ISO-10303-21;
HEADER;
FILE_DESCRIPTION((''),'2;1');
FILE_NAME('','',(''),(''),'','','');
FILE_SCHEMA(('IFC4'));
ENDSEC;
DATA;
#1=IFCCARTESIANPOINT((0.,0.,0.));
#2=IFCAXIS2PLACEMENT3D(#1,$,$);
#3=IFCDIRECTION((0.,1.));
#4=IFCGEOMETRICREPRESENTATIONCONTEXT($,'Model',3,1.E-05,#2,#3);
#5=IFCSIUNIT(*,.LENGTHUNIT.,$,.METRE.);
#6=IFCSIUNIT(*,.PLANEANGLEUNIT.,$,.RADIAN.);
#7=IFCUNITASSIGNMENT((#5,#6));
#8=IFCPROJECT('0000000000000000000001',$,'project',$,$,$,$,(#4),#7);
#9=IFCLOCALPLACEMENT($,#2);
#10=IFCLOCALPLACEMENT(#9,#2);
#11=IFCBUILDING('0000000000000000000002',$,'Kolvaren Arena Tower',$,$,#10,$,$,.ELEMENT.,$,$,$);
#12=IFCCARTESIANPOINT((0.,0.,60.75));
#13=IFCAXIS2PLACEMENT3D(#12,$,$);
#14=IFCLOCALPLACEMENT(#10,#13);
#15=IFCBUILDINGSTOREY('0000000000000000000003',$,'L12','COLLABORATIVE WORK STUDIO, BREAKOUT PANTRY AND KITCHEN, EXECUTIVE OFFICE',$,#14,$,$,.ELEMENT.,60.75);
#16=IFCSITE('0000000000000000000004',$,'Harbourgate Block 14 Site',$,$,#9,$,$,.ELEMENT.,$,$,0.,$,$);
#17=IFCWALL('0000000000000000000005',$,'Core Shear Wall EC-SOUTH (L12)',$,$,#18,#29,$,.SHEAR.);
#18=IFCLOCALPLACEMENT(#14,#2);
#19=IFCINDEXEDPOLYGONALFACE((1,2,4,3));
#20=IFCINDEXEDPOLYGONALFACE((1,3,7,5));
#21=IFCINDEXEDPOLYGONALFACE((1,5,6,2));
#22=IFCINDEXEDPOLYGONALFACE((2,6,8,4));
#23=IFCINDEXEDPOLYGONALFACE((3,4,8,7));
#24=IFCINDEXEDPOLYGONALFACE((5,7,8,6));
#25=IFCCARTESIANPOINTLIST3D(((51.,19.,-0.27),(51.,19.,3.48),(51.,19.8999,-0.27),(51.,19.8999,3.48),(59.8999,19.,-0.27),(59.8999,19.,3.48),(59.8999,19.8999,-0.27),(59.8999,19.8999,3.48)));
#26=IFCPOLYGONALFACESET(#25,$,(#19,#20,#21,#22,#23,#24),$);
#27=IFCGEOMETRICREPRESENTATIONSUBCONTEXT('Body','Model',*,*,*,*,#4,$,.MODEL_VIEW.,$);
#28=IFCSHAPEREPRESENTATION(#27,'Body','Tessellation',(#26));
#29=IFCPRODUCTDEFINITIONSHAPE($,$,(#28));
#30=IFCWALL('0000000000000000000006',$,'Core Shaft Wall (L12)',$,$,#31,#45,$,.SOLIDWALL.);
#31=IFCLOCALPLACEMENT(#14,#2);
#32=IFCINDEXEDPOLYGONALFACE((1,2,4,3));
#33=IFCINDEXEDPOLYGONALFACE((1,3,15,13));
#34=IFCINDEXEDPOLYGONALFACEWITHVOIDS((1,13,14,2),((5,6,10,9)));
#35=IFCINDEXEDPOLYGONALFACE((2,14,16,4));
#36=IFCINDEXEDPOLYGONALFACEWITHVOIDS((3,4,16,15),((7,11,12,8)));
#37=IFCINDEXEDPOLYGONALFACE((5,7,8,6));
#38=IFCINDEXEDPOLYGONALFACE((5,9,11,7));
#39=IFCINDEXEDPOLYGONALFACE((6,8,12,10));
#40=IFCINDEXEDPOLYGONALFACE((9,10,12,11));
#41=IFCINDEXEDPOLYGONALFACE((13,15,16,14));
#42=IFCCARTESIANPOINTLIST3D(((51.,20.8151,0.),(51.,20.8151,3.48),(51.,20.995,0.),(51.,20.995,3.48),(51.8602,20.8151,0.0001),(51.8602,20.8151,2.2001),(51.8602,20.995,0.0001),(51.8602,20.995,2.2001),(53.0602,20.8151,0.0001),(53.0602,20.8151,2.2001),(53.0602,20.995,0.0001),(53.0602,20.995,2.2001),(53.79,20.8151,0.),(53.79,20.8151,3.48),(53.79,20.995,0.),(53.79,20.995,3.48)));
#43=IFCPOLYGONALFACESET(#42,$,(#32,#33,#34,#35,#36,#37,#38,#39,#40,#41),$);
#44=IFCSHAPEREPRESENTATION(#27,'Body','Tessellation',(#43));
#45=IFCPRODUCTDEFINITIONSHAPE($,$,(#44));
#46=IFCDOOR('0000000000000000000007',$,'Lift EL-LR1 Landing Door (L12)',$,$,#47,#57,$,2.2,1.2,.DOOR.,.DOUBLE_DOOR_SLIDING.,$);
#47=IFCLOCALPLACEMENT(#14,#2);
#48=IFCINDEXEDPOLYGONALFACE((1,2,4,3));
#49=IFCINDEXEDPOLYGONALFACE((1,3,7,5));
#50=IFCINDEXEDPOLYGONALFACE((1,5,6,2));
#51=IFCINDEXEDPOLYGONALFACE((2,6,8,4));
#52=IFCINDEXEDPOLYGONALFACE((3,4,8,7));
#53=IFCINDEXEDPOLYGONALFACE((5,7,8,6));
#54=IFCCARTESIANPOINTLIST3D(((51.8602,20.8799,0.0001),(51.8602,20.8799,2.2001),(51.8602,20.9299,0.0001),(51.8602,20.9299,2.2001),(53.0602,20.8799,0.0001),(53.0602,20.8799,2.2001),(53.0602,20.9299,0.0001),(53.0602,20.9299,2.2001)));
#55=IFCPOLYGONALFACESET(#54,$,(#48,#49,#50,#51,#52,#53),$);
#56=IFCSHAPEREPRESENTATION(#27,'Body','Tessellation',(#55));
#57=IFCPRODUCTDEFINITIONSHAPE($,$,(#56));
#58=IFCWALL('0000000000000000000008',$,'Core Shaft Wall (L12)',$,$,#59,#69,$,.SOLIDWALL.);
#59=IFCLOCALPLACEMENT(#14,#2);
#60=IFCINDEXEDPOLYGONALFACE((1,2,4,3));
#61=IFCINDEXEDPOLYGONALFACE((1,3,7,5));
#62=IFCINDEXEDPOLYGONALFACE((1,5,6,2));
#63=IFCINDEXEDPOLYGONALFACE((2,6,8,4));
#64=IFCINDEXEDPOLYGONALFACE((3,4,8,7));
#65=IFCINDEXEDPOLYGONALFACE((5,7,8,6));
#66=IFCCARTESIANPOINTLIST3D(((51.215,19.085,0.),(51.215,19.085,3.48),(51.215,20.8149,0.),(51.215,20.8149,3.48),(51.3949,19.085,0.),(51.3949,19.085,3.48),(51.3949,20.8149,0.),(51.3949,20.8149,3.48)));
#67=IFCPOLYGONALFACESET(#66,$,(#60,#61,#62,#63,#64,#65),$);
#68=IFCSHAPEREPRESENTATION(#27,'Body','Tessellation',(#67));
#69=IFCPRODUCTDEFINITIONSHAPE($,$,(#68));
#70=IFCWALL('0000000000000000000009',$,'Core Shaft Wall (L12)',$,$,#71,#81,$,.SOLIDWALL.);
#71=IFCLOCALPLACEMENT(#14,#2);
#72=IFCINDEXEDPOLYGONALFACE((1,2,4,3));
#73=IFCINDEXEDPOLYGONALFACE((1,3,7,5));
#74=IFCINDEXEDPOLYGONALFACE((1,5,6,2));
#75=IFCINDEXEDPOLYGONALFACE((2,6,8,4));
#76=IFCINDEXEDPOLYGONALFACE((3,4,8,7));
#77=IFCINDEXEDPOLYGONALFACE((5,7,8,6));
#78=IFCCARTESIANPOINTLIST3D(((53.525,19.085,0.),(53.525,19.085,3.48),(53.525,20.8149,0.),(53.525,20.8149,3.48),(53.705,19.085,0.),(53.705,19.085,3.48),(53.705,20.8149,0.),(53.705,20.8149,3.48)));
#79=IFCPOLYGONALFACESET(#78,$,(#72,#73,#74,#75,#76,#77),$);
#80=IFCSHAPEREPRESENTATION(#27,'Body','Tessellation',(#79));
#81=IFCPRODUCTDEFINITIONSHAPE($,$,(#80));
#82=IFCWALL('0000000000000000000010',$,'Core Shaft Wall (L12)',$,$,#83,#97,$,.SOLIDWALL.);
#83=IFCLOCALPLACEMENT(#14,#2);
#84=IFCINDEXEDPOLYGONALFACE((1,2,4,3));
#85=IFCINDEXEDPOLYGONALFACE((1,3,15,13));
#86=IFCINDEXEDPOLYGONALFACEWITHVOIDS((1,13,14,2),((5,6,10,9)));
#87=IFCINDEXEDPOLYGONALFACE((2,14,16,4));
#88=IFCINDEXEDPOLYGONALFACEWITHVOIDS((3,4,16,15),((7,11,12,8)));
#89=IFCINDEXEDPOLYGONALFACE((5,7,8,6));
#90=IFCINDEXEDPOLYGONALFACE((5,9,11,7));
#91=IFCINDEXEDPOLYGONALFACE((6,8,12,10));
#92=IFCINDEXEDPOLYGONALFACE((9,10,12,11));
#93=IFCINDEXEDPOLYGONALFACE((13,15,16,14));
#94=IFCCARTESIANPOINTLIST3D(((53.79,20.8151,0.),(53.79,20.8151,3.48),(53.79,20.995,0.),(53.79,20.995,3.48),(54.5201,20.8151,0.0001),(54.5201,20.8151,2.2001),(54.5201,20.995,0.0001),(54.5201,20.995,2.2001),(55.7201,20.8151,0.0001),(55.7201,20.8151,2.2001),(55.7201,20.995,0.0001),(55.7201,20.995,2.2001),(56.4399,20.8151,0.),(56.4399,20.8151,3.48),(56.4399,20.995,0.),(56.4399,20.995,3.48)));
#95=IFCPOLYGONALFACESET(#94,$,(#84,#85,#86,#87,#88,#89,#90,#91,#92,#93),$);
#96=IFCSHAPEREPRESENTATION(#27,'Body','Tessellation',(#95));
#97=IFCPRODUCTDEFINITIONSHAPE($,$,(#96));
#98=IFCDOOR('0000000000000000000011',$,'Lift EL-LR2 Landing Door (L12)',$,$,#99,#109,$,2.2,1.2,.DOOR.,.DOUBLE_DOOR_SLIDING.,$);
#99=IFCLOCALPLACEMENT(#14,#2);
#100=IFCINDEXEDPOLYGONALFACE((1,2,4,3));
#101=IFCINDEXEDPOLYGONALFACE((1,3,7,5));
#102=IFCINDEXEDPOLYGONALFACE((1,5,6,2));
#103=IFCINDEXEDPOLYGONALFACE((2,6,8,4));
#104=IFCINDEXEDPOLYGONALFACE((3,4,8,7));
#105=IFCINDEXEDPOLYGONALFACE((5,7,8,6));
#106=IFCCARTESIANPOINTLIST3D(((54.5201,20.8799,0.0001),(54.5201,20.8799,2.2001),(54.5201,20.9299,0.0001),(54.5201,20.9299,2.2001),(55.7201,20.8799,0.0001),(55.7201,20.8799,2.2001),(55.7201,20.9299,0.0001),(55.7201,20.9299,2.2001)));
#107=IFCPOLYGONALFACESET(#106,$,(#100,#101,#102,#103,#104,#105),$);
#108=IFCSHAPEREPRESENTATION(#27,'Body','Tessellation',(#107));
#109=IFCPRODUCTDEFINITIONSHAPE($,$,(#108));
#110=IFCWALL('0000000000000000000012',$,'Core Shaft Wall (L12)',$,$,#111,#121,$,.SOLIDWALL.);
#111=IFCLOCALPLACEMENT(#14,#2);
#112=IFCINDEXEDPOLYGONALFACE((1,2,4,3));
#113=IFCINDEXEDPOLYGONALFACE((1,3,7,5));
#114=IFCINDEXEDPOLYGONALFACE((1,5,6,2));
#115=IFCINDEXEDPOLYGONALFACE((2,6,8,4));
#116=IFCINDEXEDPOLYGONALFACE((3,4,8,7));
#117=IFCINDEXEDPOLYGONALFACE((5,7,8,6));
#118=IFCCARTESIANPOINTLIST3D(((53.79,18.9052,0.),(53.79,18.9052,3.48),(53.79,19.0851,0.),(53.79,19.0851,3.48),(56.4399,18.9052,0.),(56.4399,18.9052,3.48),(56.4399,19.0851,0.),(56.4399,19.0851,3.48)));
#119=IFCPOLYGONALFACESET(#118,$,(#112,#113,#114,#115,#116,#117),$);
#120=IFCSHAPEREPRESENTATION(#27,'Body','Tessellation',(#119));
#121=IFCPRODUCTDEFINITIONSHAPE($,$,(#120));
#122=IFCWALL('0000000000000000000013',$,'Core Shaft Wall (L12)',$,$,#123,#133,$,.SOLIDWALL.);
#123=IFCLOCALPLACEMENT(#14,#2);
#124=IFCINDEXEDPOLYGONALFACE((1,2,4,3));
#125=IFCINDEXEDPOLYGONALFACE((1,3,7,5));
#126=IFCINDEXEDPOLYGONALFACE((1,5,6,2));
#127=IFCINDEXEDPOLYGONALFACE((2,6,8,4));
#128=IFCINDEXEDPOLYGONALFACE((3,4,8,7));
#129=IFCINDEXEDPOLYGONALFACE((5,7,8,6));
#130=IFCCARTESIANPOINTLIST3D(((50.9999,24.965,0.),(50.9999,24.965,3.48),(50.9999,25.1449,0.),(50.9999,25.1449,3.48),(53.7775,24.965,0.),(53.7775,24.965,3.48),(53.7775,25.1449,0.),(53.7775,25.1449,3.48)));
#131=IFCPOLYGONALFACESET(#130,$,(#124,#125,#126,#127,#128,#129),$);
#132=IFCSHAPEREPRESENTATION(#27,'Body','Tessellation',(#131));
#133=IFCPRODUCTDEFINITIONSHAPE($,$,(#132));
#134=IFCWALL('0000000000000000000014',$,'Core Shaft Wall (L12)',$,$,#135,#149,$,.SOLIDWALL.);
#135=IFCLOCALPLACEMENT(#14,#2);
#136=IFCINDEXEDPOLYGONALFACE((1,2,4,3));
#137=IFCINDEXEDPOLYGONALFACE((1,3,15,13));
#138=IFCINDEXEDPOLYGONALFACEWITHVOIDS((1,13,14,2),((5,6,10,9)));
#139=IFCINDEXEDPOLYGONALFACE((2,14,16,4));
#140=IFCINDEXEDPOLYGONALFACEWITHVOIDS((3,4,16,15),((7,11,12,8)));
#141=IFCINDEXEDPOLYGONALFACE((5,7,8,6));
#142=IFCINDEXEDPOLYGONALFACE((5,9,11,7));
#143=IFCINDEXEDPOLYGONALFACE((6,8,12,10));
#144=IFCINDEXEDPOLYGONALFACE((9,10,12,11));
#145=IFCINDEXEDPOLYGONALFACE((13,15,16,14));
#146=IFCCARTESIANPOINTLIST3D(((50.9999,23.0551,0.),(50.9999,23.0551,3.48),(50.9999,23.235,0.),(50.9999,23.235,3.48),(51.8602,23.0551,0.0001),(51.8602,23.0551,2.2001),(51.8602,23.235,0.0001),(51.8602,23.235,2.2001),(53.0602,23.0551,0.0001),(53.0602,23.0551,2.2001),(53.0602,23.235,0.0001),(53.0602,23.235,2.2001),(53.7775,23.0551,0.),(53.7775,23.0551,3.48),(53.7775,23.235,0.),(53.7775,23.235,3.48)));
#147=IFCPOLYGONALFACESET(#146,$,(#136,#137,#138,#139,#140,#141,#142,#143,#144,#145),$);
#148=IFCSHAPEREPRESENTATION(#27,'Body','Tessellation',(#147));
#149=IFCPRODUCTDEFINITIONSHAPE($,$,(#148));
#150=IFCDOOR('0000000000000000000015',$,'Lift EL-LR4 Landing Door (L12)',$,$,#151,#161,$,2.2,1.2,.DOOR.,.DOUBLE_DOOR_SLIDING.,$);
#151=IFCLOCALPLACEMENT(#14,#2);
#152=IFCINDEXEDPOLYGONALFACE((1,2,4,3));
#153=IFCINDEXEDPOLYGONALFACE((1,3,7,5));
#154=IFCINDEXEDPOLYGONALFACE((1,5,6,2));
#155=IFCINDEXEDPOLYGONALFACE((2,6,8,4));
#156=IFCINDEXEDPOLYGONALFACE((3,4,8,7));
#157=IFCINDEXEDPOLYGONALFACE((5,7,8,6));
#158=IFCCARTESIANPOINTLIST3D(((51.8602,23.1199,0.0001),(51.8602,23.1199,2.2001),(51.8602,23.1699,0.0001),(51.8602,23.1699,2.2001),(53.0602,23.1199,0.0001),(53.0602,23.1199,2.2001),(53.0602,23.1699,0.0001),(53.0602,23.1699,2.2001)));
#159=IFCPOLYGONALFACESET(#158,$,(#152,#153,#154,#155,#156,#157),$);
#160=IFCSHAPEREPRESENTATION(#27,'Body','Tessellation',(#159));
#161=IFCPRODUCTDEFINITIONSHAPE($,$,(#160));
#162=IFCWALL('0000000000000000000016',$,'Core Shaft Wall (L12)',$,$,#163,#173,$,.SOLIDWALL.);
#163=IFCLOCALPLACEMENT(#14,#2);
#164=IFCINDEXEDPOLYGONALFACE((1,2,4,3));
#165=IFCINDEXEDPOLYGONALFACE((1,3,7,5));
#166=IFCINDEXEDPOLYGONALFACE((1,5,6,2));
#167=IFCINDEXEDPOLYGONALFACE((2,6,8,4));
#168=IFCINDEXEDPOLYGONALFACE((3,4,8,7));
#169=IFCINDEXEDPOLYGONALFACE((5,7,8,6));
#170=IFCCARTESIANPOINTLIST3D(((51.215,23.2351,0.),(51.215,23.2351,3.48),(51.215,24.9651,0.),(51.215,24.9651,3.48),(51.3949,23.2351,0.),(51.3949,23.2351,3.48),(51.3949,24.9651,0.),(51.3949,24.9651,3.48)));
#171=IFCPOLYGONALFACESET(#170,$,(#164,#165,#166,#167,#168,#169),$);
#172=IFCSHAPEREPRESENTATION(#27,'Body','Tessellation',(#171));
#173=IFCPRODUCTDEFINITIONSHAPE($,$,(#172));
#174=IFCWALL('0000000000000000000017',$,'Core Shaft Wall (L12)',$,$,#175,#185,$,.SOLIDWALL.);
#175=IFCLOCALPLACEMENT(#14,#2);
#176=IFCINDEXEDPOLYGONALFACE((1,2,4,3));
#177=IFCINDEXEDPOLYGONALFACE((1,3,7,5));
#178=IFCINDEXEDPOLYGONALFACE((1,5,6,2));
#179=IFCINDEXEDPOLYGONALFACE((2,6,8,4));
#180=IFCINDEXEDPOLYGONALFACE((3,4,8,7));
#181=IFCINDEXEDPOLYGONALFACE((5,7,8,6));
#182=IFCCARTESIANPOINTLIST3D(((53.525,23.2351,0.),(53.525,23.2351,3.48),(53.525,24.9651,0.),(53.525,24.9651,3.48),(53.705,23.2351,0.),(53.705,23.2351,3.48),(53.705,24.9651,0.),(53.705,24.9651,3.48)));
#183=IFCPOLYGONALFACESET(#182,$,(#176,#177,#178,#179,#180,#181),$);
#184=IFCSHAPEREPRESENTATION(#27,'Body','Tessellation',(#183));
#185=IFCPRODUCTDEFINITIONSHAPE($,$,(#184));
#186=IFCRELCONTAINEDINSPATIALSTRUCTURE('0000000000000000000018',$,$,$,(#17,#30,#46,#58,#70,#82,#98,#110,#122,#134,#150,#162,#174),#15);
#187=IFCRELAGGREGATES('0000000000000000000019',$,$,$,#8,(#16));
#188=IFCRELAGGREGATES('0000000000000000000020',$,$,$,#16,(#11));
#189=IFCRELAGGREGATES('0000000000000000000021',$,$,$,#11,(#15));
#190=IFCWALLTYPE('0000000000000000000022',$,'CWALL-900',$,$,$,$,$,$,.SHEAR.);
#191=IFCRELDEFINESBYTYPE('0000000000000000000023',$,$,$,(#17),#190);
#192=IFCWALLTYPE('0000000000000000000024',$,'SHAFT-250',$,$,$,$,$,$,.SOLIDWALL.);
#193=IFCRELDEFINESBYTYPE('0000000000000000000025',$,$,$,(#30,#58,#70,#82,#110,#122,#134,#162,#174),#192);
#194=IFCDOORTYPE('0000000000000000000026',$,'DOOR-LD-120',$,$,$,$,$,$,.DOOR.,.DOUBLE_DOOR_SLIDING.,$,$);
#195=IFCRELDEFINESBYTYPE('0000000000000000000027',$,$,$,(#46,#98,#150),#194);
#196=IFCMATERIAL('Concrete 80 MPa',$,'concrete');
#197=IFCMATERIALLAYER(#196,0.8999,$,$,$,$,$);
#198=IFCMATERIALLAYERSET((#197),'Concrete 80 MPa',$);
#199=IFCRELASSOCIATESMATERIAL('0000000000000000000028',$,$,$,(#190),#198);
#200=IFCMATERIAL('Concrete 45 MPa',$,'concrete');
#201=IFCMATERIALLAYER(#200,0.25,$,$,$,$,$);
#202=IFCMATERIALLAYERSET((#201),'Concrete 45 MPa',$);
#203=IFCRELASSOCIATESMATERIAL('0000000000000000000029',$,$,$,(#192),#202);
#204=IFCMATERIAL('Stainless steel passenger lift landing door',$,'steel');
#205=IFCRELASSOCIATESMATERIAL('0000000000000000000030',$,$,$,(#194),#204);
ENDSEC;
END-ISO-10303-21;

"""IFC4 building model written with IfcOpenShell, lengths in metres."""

from ifc_helpers import new_model, si_unit, direction, frame, frame_2d, origin, place, context, subcontext, project, spatial, rectangle, extrude, material, layer, layer_set, type_object, element, fill, save


model = new_model("IFC4")

# Units and contexts
model_context = context("Model", 3, precision=1e-05, world=origin(), true_north=direction((0.0, 1.0)))
body_context = subcontext(model_context, "Body", "Model", "MODEL_VIEW")
ifc_project = project(units=[si_unit("LENGTHUNIT", "METRE"), si_unit("PLANEANGLEUNIT", "RADIAN")], contexts=[model_context])

# Site, building, storey
site_placement = place(None, origin())
site = spatial("IfcSite", under=ifc_project, at=site_placement, Name="Harbourgate Block 14 Site", CompositionType="ELEMENT", RefElevation=0.0)
building_placement = place(site_placement, origin())
building = spatial("IfcBuilding", under=site, at=building_placement, Name="Kolvaren Arena Tower", CompositionType="ELEMENT")
storey_placement = place(building_placement, frame((0.0, 0.0, 60.75)))
storey = spatial("IfcBuildingStorey", under=building, at=storey_placement, Name="L12", Description="COLLABORATIVE WORK STUDIO, BREAKOUT PANTRY AND KITCHEN, EXECUTIVE OFFICE", CompositionType="ELEMENT", Elevation=60.75)

# Wall
ifc_material_1 = material(Name="Concrete 80 MPa", Category="concrete")
ifc_layer_1 = layer(ifc_material_1, 0.8999)
ifc_layer_set_1 = layer_set([ifc_layer_1], Name="Concrete 80 MPa")
wall_type_1 = type_object("IfcWallType", Name="CWALL-900", PredefinedType="SHEAR", material=ifc_layer_set_1)
wall_1_placement = place(storey_placement, frame((51.0, 19.45, -0.27), z_axis=(0.0, 0.0, 1.0), x_axis=(1.0, 0.0, 0.0)))
element("IfcWall", 1, at=wall_1_placement, inside=storey, type_object=wall_type_1, Name="Core Shear Wall EC-SOUTH (L12)", PredefinedType="SHEAR", context=body_context, shape_type="SweptSolid", body=[
    extrude(rectangle(XDim=8.8999, YDim=0.8999, at=frame_2d((4.45, 0.0))), origin(), (0.0, 0.0, 1.0), 3.75),
])

# Wall, opening, door
ifc_material_2 = material(Name="Concrete 45 MPa", Category="concrete")
ifc_layer_2 = layer(ifc_material_2, 0.25)
ifc_layer_set_2 = layer_set([ifc_layer_2], Name="Concrete 45 MPa")
wall_type_2 = type_object("IfcWallType", Name="SHAFT-250", PredefinedType="SOLIDWALL", material=ifc_layer_set_2)
wall_2_placement = place(storey_placement, frame((51.0, 20.905, 0.0), z_axis=(0.0, 0.0, 1.0), x_axis=(1.0, 0.0, 0.0)))
wall_2 = element("IfcWall", 2, at=wall_2_placement, inside=storey, type_object=wall_type_2, Name="Core Shaft Wall (L12)", PredefinedType="SOLIDWALL", context=body_context, shape_type="SweptSolid", body=[
    extrude(rectangle(XDim=2.79, YDim=0.1799, at=frame_2d((1.395, 0.0))), origin(), (0.0, 0.0, 1.0), 3.48),
])
opening_1_placement = place(wall_2_placement, frame((0.8601, 0.0, 0.0)))
opening_1 = element("IfcOpeningElement", 3, at=opening_1_placement, cuts=wall_2, PredefinedType="OPENING", context=body_context, shape_type="SweptSolid", body=[
    extrude(rectangle(XDim=1.2, YDim=2.2, at=frame_2d((0.6001, 1.1001))), frame((0.0, 0.0999, 0.0), z_axis=(0.0, -1.0, 0.0), x_axis=(1.0, 0.0, 0.0)), (0.0, 0.0, 1.0), 0.2),
])
ifc_material_3 = material(Name="Stainless steel passenger lift landing door", Category="steel")
door_type = type_object("IfcDoorType", Name="DOOR-LD-120", OperationType="DOUBLE_DOOR_SLIDING", PredefinedType="DOOR", material=ifc_material_3)
door_1_placement = place(opening_1_placement, origin())
door_1 = element("IfcDoor", 4, at=door_1_placement, inside=storey, type_object=door_type, Name="Lift EL-LR1 Landing Door (L12)", OperationType="DOUBLE_DOOR_SLIDING", OverallHeight=2.2, OverallWidth=1.2, PredefinedType="DOOR", context=body_context, shape_type="SweptSolid", body=[
    extrude(rectangle(XDim=1.2, YDim=2.2, at=frame_2d((0.6001, 1.1001))), frame((0.0, 0.0249, 0.0), z_axis=(0.0, -1.0, 0.0), x_axis=(1.0, 0.0, 0.0)), (0.0, 0.0, 1.0), 0.05),
])
fill(opening_1, door_1)

# Walls
for number, where, z_axis, x_axis, name in (
    (5, (51.3049, 19.085, 0.0), (0.0, 0.0, 1.0), (0.0, 1.0, 0.0), "Core Shaft Wall (L12)"),
    (6, (53.615, 19.085, 0.0), (0.0, 0.0, 1.0), (0.0, 1.0, 0.0), "Core Shaft Wall (L12)"),
):
    element("IfcWall", number, at=place(storey_placement, frame(where, z_axis=z_axis, x_axis=x_axis)), inside=storey, type_object=wall_type_2, Name=name, PredefinedType="SOLIDWALL", context=body_context, shape_type="SweptSolid", body=[
        extrude(rectangle(XDim=1.73, YDim=0.1799, at=frame_2d((0.865, 0.0))), origin(), (0.0, 0.0, 1.0), 3.48),
    ])

# Wall, opening, door
wall_3_placement = place(storey_placement, frame((53.79, 20.905, 0.0), z_axis=(0.0, 0.0, 1.0), x_axis=(1.0, 0.0, 0.0)))
wall_3 = element("IfcWall", 7, at=wall_3_placement, inside=storey, type_object=wall_type_2, Name="Core Shaft Wall (L12)", PredefinedType="SOLIDWALL", context=body_context, shape_type="SweptSolid", body=[
    extrude(rectangle(XDim=2.6499, YDim=0.1799, at=frame_2d((1.325, 0.0))), origin(), (0.0, 0.0, 1.0), 3.48),
])
opening_2_placement = place(wall_3_placement, frame((0.73, 0.0, 0.0)))
opening_2 = element("IfcOpeningElement", 8, at=opening_2_placement, cuts=wall_3, PredefinedType="OPENING", context=body_context, shape_type="SweptSolid", body=[
    extrude(rectangle(XDim=1.2, YDim=2.2, at=frame_2d((0.6001, 1.1001))), frame((0.0, 0.0999, 0.0), z_axis=(0.0, -1.0, 0.0), x_axis=(1.0, 0.0, 0.0)), (0.0, 0.0, 1.0), 0.2),
])
door_2_placement = place(opening_2_placement, origin())
door_2 = element("IfcDoor", 9, at=door_2_placement, inside=storey, type_object=door_type, Name="Lift EL-LR2 Landing Door (L12)", OperationType="DOUBLE_DOOR_SLIDING", OverallHeight=2.2, OverallWidth=1.2, PredefinedType="DOOR", context=body_context, shape_type="SweptSolid", body=[
    extrude(rectangle(XDim=1.2, YDim=2.2, at=frame_2d((0.6001, 1.1001))), frame((0.0, 0.0249, 0.0), z_axis=(0.0, -1.0, 0.0), x_axis=(1.0, 0.0, 0.0)), (0.0, 0.0, 1.0), 0.05),
])
fill(opening_2, door_2)

# Walls
wall_4_placement = place(storey_placement, frame((53.79, 18.9951, 0.0), z_axis=(0.0, 0.0, 1.0), x_axis=(1.0, 0.0, 0.0)))
element("IfcWall", 10, at=wall_4_placement, inside=storey, type_object=wall_type_2, Name="Core Shaft Wall (L12)", PredefinedType="SOLIDWALL", context=body_context, shape_type="SweptSolid", body=[
    extrude(rectangle(XDim=2.6499, YDim=0.1799, at=frame_2d((1.325, 0.0))), origin(), (0.0, 0.0, 1.0), 3.48),
])
wall_5_placement = place(storey_placement, frame((51.0, 25.0549, 0.0), z_axis=(0.0, 0.0, 1.0), x_axis=(1.0, 0.0, 0.0)))
element("IfcWall", 11, at=wall_5_placement, inside=storey, type_object=wall_type_2, Name="Core Shaft Wall (L12)", PredefinedType="SOLIDWALL", context=body_context, shape_type="SweptSolid", body=[
    extrude(rectangle(XDim=2.7776, YDim=0.1799, at=frame_2d((1.3887, 0.0))), origin(), (0.0, 0.0, 1.0), 3.48),
])

# Wall, opening, door
wall_6_placement = place(storey_placement, frame((51.0, 23.145, 0.0), z_axis=(0.0, 0.0, 1.0), x_axis=(1.0, 0.0, 0.0)))
wall_6 = element("IfcWall", 12, at=wall_6_placement, inside=storey, type_object=wall_type_2, Name="Core Shaft Wall (L12)", PredefinedType="SOLIDWALL", context=body_context, shape_type="SweptSolid", body=[
    extrude(rectangle(XDim=2.7776, YDim=0.1799, at=frame_2d((1.3887, 0.0))), origin(), (0.0, 0.0, 1.0), 3.48),
])
opening_3_placement = place(wall_6_placement, frame((0.8601, 0.0, 0.0)))
opening_3 = element("IfcOpeningElement", 13, at=opening_3_placement, cuts=wall_6, PredefinedType="OPENING", context=body_context, shape_type="SweptSolid", body=[
    extrude(rectangle(XDim=1.2, YDim=2.2, at=frame_2d((0.6001, 1.1001))), frame((0.0, 0.0999, 0.0), z_axis=(0.0, -1.0, 0.0), x_axis=(1.0, 0.0, 0.0)), (0.0, 0.0, 1.0), 0.2),
])
door_3_placement = place(opening_3_placement, origin())
door_3 = element("IfcDoor", 14, at=door_3_placement, inside=storey, type_object=door_type, Name="Lift EL-LR4 Landing Door (L12)", OperationType="DOUBLE_DOOR_SLIDING", OverallHeight=2.2, OverallWidth=1.2, PredefinedType="DOOR", context=body_context, shape_type="SweptSolid", body=[
    extrude(rectangle(XDim=1.2, YDim=2.2, at=frame_2d((0.6001, 1.1001))), frame((0.0, 0.0249, 0.0), z_axis=(0.0, -1.0, 0.0), x_axis=(1.0, 0.0, 0.0)), (0.0, 0.0, 1.0), 0.05),
])
fill(opening_3, door_3)

# Walls
for number, where, z_axis, x_axis, name in (
    (15, (51.3049, 23.2351, 0.0), (0.0, 0.0, 1.0), (0.0, 1.0, 0.0), "Core Shaft Wall (L12)"),
    (16, (53.615, 23.2351, 0.0), (0.0, 0.0, 1.0), (0.0, 1.0, 0.0), "Core Shaft Wall (L12)"),
):
    element("IfcWall", number, at=place(storey_placement, frame(where, z_axis=z_axis, x_axis=x_axis)), inside=storey, type_object=wall_type_2, Name=name, PredefinedType="SOLIDWALL", context=body_context, shape_type="SweptSolid", body=[
        extrude(rectangle(XDim=1.73, YDim=0.1799, at=frame_2d((0.865, 0.0))), origin(), (0.0, 0.0, 1.0), 3.48),
    ])

save(model, "model.ifc")
